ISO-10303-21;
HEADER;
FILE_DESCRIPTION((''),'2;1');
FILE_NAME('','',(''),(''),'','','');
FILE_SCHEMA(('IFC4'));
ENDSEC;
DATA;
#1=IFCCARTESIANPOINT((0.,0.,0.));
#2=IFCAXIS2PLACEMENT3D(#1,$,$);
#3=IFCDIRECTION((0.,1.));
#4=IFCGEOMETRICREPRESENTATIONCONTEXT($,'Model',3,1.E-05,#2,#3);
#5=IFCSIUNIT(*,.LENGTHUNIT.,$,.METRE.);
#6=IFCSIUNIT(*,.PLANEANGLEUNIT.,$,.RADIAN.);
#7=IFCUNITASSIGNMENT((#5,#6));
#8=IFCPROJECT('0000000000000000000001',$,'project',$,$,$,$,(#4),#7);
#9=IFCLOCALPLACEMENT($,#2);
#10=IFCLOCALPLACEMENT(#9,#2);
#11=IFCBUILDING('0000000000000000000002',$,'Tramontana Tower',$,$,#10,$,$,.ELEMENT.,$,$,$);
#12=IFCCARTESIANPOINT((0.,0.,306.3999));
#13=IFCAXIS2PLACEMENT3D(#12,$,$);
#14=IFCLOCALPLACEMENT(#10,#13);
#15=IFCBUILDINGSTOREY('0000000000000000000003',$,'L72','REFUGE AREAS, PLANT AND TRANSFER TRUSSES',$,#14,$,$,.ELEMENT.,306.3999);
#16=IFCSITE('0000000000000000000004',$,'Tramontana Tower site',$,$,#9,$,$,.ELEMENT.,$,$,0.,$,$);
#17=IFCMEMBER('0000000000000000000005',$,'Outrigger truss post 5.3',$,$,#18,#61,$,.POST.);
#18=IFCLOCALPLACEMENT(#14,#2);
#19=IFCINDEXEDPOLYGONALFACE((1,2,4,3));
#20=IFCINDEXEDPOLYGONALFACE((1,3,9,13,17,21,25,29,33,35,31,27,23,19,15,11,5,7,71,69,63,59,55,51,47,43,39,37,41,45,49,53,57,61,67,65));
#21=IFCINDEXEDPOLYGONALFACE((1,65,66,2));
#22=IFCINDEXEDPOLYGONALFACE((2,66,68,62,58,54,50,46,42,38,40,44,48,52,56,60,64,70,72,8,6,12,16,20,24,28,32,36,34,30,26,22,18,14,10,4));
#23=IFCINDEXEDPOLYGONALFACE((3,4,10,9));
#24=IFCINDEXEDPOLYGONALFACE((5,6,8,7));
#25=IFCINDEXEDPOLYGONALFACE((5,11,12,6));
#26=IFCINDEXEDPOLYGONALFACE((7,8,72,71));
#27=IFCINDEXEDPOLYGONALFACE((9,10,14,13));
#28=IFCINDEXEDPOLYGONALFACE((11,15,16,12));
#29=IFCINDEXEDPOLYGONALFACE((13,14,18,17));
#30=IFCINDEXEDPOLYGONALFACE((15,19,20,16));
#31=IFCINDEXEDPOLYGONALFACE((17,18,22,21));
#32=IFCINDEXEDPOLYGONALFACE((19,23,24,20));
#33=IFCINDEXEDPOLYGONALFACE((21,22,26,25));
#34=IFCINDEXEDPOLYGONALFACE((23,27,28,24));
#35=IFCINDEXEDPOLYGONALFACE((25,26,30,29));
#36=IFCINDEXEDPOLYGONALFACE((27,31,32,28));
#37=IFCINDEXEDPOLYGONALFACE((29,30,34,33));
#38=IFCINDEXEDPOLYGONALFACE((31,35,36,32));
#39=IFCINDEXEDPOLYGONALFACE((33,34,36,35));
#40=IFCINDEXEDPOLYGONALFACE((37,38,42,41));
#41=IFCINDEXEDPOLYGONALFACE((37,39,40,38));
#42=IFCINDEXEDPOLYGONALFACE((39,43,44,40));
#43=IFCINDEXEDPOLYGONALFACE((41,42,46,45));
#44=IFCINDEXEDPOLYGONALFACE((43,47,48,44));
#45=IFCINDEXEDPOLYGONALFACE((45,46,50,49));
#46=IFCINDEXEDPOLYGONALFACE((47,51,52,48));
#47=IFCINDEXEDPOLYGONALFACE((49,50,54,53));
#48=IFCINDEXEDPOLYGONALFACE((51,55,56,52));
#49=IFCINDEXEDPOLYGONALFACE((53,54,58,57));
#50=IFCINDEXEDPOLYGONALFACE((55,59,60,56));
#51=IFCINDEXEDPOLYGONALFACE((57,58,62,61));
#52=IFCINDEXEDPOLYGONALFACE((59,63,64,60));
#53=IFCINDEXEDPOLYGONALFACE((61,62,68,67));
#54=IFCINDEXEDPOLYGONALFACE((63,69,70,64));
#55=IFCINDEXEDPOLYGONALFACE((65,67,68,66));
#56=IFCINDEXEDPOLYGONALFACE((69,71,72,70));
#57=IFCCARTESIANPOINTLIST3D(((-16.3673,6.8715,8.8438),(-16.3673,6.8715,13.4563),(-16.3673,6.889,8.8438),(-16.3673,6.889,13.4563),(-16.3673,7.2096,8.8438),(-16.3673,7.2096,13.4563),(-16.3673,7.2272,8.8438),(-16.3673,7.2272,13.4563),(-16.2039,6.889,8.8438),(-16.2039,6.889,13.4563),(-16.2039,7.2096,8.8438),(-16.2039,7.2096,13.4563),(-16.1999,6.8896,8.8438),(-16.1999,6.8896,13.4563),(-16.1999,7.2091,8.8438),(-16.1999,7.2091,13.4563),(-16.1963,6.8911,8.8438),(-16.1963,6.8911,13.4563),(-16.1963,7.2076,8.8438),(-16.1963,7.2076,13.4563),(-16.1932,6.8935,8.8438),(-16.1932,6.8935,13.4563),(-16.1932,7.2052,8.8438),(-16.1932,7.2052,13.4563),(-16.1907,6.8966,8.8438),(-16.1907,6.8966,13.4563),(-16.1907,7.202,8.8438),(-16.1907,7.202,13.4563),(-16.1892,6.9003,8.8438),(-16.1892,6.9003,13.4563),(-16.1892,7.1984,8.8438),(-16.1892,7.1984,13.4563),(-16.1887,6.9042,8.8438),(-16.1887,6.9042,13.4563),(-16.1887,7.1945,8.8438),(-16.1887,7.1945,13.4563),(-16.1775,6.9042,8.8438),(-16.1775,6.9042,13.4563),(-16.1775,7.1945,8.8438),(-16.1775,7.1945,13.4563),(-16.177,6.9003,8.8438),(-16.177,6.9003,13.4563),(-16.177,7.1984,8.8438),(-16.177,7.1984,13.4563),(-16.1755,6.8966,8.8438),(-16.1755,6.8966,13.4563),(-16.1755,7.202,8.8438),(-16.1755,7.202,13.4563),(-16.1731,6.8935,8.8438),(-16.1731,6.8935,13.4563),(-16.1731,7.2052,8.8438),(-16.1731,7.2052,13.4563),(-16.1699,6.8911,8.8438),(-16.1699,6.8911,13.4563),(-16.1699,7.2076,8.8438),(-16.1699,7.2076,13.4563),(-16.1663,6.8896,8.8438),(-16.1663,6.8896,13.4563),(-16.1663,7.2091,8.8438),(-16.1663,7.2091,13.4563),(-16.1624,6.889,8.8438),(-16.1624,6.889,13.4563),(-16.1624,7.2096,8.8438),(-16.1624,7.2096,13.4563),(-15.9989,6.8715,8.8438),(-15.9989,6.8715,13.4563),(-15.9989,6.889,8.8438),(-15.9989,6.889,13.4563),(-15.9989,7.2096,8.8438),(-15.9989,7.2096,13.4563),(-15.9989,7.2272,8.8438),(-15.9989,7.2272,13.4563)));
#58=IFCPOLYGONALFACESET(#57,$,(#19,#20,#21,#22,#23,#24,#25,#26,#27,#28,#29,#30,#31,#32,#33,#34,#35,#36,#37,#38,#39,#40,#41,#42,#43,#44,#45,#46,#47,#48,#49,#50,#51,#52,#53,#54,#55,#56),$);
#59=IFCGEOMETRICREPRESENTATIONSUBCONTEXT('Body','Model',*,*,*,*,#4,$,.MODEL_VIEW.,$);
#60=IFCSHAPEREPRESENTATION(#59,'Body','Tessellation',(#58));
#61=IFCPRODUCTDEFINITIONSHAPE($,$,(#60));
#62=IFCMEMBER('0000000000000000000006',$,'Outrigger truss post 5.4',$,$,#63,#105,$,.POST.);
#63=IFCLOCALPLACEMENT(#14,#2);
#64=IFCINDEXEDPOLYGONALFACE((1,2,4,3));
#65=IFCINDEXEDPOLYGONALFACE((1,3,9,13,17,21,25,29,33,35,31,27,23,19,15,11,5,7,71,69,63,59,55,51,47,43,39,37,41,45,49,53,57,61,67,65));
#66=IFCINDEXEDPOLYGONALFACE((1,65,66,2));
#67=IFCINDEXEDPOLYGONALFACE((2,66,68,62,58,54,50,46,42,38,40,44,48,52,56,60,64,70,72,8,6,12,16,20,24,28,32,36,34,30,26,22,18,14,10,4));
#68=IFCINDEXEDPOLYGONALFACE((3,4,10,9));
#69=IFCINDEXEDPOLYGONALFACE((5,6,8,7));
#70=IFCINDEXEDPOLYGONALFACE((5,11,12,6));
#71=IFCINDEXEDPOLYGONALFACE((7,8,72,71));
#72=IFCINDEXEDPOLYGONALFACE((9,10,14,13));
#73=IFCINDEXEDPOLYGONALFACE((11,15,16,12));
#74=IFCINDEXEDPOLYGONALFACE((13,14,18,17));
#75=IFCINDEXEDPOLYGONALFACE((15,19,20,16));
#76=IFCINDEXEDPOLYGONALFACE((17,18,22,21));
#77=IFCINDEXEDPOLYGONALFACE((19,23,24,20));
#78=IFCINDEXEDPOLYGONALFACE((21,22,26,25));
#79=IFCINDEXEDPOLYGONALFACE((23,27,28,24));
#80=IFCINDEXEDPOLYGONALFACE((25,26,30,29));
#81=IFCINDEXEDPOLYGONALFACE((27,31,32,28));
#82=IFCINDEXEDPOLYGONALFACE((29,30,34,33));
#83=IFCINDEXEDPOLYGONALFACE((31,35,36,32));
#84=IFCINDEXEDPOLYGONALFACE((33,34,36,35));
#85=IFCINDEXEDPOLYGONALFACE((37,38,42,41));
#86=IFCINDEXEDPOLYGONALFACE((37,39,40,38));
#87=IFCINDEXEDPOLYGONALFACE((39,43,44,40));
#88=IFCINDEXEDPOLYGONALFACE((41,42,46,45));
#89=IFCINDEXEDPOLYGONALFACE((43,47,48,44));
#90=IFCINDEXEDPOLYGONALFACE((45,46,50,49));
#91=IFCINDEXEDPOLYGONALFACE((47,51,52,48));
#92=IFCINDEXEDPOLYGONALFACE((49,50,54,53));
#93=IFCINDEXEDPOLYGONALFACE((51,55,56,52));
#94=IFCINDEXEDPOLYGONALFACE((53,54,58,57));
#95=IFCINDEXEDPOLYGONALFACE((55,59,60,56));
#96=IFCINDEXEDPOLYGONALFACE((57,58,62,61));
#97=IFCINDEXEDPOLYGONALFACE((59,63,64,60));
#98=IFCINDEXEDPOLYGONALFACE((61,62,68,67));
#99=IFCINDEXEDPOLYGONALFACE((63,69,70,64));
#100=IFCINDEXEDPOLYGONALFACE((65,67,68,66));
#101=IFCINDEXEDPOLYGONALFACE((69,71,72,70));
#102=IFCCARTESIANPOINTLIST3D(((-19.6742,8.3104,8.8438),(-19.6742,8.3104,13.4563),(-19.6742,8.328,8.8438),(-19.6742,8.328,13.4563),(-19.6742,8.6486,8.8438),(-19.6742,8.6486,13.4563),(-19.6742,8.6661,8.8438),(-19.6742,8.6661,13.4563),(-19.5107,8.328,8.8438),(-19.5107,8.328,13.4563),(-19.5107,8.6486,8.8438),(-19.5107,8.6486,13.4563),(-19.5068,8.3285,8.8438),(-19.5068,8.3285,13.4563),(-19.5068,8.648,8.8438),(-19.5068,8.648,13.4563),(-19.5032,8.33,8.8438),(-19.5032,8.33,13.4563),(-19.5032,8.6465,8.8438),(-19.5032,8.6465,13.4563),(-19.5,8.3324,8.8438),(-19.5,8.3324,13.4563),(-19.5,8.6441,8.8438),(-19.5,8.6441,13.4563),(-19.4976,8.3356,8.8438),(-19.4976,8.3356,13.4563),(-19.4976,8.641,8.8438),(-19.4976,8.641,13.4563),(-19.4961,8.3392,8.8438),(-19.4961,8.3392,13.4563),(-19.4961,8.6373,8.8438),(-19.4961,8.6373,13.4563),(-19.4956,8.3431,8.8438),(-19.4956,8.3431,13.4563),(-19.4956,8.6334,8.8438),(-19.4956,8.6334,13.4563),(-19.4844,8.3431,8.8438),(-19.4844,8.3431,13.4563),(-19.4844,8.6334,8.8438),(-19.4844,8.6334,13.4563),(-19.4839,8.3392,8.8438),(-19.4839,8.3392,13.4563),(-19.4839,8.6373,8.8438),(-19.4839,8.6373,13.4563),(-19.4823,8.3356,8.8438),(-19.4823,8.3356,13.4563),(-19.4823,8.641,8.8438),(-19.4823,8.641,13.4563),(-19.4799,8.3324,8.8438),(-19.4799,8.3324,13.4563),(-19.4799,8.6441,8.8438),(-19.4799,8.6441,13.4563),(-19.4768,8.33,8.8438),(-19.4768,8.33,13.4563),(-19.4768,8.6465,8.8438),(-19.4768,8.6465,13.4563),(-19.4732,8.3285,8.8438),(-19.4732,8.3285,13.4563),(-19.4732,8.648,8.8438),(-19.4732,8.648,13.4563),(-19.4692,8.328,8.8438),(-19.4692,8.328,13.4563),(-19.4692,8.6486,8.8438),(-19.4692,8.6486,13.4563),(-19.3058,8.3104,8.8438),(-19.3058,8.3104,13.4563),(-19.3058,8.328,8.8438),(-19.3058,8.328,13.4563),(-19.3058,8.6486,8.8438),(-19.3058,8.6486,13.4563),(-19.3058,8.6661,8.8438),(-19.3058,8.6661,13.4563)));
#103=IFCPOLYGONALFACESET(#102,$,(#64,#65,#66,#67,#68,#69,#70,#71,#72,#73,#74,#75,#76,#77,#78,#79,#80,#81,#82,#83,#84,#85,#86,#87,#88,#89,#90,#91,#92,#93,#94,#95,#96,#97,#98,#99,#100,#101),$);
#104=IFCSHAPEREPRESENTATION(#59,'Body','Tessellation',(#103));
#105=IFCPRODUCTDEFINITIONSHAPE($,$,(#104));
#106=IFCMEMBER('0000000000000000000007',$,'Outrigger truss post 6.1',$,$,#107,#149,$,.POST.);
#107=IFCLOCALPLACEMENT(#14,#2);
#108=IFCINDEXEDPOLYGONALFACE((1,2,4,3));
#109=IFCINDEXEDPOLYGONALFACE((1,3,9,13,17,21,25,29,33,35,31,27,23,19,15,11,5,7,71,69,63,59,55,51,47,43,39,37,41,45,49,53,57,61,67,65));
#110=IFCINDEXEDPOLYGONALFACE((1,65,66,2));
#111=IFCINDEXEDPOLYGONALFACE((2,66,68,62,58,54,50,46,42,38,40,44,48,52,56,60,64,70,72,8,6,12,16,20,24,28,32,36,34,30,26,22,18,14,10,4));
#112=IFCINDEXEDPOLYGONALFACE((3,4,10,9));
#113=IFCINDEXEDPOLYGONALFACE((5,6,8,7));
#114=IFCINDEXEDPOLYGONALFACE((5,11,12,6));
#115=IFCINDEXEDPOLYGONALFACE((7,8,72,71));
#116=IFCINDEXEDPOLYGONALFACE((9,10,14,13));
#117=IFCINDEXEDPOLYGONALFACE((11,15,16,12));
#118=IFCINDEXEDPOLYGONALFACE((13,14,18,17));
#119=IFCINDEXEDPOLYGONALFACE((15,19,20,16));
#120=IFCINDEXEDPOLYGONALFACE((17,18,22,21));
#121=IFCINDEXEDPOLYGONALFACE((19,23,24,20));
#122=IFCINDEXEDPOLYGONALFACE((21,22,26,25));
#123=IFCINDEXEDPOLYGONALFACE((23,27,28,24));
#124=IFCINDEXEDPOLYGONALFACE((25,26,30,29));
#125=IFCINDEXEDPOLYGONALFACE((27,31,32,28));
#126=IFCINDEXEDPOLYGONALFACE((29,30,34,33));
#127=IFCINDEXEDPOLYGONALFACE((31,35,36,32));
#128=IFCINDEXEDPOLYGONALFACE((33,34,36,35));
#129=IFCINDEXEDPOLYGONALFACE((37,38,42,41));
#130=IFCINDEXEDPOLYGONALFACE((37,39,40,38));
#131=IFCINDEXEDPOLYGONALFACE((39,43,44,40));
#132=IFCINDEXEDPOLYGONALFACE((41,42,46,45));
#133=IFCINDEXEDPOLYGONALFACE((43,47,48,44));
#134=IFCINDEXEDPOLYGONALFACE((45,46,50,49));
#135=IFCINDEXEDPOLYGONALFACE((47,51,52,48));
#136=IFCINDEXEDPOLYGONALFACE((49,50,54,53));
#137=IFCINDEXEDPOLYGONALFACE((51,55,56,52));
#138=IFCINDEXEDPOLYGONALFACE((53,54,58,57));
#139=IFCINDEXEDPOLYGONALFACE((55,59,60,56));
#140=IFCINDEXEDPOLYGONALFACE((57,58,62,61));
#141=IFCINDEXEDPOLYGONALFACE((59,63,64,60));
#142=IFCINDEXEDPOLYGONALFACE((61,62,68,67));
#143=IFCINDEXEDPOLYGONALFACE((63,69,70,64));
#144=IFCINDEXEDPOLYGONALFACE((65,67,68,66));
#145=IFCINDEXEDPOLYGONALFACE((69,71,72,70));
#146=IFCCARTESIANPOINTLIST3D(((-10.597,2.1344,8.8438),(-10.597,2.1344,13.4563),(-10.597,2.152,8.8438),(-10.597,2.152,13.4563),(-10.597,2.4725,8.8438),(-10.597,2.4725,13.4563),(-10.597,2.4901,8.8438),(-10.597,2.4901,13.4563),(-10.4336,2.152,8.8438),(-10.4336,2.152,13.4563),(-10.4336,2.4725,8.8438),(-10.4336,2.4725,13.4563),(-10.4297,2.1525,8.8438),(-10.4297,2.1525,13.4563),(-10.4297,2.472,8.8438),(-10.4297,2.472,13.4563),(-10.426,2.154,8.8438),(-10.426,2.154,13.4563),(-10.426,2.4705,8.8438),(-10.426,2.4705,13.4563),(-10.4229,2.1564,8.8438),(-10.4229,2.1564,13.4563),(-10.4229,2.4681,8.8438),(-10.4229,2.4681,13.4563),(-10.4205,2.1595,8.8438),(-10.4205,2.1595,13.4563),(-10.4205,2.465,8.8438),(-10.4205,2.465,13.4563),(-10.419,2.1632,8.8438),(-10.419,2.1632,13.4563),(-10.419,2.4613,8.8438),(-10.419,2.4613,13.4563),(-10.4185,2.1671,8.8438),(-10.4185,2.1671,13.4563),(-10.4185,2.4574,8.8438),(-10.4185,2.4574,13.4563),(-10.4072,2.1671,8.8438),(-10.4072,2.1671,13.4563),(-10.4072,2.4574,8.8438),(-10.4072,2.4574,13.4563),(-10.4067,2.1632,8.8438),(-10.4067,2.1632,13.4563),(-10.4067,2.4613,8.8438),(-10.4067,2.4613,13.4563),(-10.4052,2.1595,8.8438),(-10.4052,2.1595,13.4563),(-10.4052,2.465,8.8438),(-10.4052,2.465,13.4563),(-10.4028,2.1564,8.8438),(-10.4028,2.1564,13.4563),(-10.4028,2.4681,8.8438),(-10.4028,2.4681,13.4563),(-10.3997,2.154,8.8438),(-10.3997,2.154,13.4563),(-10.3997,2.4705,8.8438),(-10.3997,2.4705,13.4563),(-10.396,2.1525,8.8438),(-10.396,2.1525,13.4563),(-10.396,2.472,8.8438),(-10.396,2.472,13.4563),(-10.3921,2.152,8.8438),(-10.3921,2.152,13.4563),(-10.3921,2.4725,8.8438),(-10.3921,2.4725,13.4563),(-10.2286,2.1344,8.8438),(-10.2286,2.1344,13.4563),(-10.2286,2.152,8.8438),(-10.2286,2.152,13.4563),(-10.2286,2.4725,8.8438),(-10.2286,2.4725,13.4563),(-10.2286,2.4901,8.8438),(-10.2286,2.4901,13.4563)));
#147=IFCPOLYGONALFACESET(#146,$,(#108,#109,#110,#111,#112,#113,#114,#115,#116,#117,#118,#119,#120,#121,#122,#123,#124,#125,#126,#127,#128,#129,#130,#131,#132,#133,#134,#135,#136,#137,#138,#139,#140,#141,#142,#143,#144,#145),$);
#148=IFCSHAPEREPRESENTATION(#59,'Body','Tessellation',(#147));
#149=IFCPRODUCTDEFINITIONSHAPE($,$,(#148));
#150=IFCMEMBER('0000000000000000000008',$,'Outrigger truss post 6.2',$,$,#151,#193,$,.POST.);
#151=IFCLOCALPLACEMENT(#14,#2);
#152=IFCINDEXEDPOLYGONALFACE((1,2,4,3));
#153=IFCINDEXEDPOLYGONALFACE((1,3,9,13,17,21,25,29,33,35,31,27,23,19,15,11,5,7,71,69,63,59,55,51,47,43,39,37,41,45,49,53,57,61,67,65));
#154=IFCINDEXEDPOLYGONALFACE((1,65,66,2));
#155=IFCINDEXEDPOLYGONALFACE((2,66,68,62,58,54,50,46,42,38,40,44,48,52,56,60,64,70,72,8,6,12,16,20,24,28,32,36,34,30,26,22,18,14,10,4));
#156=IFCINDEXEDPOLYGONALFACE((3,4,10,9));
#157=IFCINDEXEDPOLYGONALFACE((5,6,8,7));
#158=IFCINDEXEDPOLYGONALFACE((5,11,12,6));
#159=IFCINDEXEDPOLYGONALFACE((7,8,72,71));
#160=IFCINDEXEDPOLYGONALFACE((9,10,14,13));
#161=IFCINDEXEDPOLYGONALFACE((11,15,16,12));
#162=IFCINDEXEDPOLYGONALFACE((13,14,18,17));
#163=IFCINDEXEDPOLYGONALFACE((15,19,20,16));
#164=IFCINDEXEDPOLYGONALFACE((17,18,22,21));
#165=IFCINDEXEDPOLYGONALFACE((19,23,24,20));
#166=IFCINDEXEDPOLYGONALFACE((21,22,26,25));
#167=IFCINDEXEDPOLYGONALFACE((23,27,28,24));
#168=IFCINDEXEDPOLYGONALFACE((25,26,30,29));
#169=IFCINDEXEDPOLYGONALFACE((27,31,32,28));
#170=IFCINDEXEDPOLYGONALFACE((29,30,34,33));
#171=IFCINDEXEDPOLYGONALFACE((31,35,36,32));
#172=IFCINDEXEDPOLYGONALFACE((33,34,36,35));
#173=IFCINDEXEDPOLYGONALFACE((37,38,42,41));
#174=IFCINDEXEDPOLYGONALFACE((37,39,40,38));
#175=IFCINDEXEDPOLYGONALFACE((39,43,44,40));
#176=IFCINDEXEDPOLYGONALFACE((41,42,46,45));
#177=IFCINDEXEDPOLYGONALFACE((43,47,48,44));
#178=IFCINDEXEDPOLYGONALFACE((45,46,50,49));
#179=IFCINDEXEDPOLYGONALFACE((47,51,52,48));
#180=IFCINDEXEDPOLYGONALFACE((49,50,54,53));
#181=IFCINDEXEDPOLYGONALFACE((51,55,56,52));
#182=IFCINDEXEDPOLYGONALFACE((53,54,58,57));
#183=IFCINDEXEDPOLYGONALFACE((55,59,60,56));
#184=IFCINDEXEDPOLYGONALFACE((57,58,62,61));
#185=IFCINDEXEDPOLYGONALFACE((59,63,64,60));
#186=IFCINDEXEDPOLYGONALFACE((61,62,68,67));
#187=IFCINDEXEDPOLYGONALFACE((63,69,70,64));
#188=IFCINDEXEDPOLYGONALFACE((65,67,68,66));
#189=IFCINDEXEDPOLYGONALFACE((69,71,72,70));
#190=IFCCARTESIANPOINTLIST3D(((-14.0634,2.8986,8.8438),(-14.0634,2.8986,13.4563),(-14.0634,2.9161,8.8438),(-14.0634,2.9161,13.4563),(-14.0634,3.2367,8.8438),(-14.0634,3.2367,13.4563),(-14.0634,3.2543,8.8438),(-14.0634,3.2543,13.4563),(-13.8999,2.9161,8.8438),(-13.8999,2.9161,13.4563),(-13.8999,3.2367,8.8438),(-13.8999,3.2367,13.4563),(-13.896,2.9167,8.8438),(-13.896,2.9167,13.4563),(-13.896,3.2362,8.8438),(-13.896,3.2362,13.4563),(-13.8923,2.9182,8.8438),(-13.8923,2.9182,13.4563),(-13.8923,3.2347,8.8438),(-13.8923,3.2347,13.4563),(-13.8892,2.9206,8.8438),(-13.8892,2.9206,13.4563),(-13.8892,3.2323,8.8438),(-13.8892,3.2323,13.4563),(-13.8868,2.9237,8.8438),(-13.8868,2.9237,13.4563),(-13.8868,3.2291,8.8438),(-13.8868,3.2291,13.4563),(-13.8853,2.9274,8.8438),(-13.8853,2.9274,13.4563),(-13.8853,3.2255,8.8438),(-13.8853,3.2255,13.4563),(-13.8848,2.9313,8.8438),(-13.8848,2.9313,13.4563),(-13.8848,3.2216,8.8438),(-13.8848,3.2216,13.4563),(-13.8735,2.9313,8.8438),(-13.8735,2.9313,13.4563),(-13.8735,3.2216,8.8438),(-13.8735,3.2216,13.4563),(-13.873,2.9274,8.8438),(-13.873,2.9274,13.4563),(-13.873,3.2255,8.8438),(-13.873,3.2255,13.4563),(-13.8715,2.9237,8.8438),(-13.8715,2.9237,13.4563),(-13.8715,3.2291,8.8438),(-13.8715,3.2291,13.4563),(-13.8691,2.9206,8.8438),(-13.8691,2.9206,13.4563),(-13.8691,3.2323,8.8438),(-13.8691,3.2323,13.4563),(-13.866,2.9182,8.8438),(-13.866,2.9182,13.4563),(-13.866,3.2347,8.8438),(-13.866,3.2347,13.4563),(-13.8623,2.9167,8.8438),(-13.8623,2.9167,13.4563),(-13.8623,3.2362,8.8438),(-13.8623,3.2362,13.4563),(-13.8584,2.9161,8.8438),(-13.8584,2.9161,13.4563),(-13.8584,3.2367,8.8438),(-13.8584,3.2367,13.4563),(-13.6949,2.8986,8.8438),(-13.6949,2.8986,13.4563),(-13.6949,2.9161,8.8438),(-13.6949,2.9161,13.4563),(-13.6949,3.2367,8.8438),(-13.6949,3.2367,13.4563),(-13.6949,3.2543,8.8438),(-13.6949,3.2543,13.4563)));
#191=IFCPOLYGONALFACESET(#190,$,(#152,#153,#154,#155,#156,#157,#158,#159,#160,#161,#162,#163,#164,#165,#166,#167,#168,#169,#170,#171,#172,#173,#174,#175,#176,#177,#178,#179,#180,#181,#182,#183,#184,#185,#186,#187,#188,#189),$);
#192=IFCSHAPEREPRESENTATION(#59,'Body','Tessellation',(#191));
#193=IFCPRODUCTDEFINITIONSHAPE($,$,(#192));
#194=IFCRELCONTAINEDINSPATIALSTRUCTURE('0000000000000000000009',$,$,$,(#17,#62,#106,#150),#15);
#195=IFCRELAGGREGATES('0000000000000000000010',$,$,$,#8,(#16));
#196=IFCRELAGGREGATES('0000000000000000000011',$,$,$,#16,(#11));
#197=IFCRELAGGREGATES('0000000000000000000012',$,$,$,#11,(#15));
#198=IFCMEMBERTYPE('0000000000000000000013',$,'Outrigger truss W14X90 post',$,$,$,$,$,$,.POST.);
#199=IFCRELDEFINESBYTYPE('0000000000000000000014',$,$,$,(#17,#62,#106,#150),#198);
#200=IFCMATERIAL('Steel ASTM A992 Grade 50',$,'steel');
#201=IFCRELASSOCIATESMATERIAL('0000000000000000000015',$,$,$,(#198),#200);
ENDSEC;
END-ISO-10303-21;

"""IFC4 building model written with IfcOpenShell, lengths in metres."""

from ifc_helpers import new_model, si_unit, direction, frame, origin, origin_2d, place, context, subcontext, project, spatial, i_section, extrude, material, material_profile, profile_set, type_object, element, save


model = new_model("IFC4")

# Units and contexts
model_context = context("Model", 3, precision=1e-05, world=origin(), true_north=direction((0.0, 1.0)))
body_context = subcontext(model_context, "Body", "Model", "MODEL_VIEW")
ifc_project = project(units=[si_unit("LENGTHUNIT", "METRE"), si_unit("PLANEANGLEUNIT", "RADIAN")], contexts=[model_context])

# Site, building, storey
site_placement = place(None, origin())
site = spatial("IfcSite", under=ifc_project, at=site_placement, Name="Tramontana Tower site", CompositionType="ELEMENT", RefElevation=0.0)
building_placement = place(site_placement, origin())
building = spatial("IfcBuilding", under=site, at=building_placement, Name="Tramontana Tower", CompositionType="ELEMENT")
storey_placement = place(building_placement, frame((0.0, 0.0, 306.3999)))
storey = spatial("IfcBuildingStorey", under=building, at=storey_placement, Name="L72", Description="REFUGE AREAS, PLANT AND TRANSFER TRUSSES", CompositionType="ELEMENT", Elevation=306.3999)

# Members
ifc_material_1 = material(Name="Steel ASTM A992 Grade 50", Category="steel")
ifc_material_profile_1 = material_profile(ifc_material_1, i_section(OverallWidth=0.3684, OverallDepth=0.3557, WebThickness=0.0112, FlangeThickness=0.0176, FilletRadius=0.0151, at=origin_2d()), Name="W14X90")
ifc_profile_set_1 = profile_set([ifc_material_profile_1], Name="Steel ASTM A992 Grade 50")
member_type_1 = type_object("IfcMemberType", Name="Outrigger truss W14X90 post", PredefinedType="POST", material=ifc_profile_set_1)
for number, where, z_axis, x_axis, name in (
    (1, (-16.1831, 7.0493, 8.8438), (0.0, 0.0, 1.0), (1.0, 0.0, 0.0), "Outrigger truss post 5.3"),
    (2, (-19.49, 8.4883, 8.8438), (0.0, 0.0, 1.0), (1.0, 0.0, 0.0), "Outrigger truss post 5.4"),
    (3, (-10.4128, 2.3123, 8.8438), (0.0, 0.0, 1.0), (1.0, 0.0, 0.0), "Outrigger truss post 6.1"),
    (4, (-13.8792, 3.0764, 8.8438), (0.0, 0.0, 1.0), (1.0, 0.0, 0.0), "Outrigger truss post 6.2"),
):
    element("IfcMember", number, at=place(storey_placement, frame(where, z_axis=z_axis, x_axis=x_axis)), inside=storey, type_object=member_type_1, Name=name, PredefinedType="POST", context=body_context, shape_type="SweptSolid", body=[
        extrude(i_section(OverallWidth=0.3684, OverallDepth=0.3557, WebThickness=0.0112, FlangeThickness=0.0176, FilletRadius=0.0151, at=origin_2d()), origin(), (0.0, 0.0, 1.0), 4.6125),
    ])

save(model, "model.ifc")
